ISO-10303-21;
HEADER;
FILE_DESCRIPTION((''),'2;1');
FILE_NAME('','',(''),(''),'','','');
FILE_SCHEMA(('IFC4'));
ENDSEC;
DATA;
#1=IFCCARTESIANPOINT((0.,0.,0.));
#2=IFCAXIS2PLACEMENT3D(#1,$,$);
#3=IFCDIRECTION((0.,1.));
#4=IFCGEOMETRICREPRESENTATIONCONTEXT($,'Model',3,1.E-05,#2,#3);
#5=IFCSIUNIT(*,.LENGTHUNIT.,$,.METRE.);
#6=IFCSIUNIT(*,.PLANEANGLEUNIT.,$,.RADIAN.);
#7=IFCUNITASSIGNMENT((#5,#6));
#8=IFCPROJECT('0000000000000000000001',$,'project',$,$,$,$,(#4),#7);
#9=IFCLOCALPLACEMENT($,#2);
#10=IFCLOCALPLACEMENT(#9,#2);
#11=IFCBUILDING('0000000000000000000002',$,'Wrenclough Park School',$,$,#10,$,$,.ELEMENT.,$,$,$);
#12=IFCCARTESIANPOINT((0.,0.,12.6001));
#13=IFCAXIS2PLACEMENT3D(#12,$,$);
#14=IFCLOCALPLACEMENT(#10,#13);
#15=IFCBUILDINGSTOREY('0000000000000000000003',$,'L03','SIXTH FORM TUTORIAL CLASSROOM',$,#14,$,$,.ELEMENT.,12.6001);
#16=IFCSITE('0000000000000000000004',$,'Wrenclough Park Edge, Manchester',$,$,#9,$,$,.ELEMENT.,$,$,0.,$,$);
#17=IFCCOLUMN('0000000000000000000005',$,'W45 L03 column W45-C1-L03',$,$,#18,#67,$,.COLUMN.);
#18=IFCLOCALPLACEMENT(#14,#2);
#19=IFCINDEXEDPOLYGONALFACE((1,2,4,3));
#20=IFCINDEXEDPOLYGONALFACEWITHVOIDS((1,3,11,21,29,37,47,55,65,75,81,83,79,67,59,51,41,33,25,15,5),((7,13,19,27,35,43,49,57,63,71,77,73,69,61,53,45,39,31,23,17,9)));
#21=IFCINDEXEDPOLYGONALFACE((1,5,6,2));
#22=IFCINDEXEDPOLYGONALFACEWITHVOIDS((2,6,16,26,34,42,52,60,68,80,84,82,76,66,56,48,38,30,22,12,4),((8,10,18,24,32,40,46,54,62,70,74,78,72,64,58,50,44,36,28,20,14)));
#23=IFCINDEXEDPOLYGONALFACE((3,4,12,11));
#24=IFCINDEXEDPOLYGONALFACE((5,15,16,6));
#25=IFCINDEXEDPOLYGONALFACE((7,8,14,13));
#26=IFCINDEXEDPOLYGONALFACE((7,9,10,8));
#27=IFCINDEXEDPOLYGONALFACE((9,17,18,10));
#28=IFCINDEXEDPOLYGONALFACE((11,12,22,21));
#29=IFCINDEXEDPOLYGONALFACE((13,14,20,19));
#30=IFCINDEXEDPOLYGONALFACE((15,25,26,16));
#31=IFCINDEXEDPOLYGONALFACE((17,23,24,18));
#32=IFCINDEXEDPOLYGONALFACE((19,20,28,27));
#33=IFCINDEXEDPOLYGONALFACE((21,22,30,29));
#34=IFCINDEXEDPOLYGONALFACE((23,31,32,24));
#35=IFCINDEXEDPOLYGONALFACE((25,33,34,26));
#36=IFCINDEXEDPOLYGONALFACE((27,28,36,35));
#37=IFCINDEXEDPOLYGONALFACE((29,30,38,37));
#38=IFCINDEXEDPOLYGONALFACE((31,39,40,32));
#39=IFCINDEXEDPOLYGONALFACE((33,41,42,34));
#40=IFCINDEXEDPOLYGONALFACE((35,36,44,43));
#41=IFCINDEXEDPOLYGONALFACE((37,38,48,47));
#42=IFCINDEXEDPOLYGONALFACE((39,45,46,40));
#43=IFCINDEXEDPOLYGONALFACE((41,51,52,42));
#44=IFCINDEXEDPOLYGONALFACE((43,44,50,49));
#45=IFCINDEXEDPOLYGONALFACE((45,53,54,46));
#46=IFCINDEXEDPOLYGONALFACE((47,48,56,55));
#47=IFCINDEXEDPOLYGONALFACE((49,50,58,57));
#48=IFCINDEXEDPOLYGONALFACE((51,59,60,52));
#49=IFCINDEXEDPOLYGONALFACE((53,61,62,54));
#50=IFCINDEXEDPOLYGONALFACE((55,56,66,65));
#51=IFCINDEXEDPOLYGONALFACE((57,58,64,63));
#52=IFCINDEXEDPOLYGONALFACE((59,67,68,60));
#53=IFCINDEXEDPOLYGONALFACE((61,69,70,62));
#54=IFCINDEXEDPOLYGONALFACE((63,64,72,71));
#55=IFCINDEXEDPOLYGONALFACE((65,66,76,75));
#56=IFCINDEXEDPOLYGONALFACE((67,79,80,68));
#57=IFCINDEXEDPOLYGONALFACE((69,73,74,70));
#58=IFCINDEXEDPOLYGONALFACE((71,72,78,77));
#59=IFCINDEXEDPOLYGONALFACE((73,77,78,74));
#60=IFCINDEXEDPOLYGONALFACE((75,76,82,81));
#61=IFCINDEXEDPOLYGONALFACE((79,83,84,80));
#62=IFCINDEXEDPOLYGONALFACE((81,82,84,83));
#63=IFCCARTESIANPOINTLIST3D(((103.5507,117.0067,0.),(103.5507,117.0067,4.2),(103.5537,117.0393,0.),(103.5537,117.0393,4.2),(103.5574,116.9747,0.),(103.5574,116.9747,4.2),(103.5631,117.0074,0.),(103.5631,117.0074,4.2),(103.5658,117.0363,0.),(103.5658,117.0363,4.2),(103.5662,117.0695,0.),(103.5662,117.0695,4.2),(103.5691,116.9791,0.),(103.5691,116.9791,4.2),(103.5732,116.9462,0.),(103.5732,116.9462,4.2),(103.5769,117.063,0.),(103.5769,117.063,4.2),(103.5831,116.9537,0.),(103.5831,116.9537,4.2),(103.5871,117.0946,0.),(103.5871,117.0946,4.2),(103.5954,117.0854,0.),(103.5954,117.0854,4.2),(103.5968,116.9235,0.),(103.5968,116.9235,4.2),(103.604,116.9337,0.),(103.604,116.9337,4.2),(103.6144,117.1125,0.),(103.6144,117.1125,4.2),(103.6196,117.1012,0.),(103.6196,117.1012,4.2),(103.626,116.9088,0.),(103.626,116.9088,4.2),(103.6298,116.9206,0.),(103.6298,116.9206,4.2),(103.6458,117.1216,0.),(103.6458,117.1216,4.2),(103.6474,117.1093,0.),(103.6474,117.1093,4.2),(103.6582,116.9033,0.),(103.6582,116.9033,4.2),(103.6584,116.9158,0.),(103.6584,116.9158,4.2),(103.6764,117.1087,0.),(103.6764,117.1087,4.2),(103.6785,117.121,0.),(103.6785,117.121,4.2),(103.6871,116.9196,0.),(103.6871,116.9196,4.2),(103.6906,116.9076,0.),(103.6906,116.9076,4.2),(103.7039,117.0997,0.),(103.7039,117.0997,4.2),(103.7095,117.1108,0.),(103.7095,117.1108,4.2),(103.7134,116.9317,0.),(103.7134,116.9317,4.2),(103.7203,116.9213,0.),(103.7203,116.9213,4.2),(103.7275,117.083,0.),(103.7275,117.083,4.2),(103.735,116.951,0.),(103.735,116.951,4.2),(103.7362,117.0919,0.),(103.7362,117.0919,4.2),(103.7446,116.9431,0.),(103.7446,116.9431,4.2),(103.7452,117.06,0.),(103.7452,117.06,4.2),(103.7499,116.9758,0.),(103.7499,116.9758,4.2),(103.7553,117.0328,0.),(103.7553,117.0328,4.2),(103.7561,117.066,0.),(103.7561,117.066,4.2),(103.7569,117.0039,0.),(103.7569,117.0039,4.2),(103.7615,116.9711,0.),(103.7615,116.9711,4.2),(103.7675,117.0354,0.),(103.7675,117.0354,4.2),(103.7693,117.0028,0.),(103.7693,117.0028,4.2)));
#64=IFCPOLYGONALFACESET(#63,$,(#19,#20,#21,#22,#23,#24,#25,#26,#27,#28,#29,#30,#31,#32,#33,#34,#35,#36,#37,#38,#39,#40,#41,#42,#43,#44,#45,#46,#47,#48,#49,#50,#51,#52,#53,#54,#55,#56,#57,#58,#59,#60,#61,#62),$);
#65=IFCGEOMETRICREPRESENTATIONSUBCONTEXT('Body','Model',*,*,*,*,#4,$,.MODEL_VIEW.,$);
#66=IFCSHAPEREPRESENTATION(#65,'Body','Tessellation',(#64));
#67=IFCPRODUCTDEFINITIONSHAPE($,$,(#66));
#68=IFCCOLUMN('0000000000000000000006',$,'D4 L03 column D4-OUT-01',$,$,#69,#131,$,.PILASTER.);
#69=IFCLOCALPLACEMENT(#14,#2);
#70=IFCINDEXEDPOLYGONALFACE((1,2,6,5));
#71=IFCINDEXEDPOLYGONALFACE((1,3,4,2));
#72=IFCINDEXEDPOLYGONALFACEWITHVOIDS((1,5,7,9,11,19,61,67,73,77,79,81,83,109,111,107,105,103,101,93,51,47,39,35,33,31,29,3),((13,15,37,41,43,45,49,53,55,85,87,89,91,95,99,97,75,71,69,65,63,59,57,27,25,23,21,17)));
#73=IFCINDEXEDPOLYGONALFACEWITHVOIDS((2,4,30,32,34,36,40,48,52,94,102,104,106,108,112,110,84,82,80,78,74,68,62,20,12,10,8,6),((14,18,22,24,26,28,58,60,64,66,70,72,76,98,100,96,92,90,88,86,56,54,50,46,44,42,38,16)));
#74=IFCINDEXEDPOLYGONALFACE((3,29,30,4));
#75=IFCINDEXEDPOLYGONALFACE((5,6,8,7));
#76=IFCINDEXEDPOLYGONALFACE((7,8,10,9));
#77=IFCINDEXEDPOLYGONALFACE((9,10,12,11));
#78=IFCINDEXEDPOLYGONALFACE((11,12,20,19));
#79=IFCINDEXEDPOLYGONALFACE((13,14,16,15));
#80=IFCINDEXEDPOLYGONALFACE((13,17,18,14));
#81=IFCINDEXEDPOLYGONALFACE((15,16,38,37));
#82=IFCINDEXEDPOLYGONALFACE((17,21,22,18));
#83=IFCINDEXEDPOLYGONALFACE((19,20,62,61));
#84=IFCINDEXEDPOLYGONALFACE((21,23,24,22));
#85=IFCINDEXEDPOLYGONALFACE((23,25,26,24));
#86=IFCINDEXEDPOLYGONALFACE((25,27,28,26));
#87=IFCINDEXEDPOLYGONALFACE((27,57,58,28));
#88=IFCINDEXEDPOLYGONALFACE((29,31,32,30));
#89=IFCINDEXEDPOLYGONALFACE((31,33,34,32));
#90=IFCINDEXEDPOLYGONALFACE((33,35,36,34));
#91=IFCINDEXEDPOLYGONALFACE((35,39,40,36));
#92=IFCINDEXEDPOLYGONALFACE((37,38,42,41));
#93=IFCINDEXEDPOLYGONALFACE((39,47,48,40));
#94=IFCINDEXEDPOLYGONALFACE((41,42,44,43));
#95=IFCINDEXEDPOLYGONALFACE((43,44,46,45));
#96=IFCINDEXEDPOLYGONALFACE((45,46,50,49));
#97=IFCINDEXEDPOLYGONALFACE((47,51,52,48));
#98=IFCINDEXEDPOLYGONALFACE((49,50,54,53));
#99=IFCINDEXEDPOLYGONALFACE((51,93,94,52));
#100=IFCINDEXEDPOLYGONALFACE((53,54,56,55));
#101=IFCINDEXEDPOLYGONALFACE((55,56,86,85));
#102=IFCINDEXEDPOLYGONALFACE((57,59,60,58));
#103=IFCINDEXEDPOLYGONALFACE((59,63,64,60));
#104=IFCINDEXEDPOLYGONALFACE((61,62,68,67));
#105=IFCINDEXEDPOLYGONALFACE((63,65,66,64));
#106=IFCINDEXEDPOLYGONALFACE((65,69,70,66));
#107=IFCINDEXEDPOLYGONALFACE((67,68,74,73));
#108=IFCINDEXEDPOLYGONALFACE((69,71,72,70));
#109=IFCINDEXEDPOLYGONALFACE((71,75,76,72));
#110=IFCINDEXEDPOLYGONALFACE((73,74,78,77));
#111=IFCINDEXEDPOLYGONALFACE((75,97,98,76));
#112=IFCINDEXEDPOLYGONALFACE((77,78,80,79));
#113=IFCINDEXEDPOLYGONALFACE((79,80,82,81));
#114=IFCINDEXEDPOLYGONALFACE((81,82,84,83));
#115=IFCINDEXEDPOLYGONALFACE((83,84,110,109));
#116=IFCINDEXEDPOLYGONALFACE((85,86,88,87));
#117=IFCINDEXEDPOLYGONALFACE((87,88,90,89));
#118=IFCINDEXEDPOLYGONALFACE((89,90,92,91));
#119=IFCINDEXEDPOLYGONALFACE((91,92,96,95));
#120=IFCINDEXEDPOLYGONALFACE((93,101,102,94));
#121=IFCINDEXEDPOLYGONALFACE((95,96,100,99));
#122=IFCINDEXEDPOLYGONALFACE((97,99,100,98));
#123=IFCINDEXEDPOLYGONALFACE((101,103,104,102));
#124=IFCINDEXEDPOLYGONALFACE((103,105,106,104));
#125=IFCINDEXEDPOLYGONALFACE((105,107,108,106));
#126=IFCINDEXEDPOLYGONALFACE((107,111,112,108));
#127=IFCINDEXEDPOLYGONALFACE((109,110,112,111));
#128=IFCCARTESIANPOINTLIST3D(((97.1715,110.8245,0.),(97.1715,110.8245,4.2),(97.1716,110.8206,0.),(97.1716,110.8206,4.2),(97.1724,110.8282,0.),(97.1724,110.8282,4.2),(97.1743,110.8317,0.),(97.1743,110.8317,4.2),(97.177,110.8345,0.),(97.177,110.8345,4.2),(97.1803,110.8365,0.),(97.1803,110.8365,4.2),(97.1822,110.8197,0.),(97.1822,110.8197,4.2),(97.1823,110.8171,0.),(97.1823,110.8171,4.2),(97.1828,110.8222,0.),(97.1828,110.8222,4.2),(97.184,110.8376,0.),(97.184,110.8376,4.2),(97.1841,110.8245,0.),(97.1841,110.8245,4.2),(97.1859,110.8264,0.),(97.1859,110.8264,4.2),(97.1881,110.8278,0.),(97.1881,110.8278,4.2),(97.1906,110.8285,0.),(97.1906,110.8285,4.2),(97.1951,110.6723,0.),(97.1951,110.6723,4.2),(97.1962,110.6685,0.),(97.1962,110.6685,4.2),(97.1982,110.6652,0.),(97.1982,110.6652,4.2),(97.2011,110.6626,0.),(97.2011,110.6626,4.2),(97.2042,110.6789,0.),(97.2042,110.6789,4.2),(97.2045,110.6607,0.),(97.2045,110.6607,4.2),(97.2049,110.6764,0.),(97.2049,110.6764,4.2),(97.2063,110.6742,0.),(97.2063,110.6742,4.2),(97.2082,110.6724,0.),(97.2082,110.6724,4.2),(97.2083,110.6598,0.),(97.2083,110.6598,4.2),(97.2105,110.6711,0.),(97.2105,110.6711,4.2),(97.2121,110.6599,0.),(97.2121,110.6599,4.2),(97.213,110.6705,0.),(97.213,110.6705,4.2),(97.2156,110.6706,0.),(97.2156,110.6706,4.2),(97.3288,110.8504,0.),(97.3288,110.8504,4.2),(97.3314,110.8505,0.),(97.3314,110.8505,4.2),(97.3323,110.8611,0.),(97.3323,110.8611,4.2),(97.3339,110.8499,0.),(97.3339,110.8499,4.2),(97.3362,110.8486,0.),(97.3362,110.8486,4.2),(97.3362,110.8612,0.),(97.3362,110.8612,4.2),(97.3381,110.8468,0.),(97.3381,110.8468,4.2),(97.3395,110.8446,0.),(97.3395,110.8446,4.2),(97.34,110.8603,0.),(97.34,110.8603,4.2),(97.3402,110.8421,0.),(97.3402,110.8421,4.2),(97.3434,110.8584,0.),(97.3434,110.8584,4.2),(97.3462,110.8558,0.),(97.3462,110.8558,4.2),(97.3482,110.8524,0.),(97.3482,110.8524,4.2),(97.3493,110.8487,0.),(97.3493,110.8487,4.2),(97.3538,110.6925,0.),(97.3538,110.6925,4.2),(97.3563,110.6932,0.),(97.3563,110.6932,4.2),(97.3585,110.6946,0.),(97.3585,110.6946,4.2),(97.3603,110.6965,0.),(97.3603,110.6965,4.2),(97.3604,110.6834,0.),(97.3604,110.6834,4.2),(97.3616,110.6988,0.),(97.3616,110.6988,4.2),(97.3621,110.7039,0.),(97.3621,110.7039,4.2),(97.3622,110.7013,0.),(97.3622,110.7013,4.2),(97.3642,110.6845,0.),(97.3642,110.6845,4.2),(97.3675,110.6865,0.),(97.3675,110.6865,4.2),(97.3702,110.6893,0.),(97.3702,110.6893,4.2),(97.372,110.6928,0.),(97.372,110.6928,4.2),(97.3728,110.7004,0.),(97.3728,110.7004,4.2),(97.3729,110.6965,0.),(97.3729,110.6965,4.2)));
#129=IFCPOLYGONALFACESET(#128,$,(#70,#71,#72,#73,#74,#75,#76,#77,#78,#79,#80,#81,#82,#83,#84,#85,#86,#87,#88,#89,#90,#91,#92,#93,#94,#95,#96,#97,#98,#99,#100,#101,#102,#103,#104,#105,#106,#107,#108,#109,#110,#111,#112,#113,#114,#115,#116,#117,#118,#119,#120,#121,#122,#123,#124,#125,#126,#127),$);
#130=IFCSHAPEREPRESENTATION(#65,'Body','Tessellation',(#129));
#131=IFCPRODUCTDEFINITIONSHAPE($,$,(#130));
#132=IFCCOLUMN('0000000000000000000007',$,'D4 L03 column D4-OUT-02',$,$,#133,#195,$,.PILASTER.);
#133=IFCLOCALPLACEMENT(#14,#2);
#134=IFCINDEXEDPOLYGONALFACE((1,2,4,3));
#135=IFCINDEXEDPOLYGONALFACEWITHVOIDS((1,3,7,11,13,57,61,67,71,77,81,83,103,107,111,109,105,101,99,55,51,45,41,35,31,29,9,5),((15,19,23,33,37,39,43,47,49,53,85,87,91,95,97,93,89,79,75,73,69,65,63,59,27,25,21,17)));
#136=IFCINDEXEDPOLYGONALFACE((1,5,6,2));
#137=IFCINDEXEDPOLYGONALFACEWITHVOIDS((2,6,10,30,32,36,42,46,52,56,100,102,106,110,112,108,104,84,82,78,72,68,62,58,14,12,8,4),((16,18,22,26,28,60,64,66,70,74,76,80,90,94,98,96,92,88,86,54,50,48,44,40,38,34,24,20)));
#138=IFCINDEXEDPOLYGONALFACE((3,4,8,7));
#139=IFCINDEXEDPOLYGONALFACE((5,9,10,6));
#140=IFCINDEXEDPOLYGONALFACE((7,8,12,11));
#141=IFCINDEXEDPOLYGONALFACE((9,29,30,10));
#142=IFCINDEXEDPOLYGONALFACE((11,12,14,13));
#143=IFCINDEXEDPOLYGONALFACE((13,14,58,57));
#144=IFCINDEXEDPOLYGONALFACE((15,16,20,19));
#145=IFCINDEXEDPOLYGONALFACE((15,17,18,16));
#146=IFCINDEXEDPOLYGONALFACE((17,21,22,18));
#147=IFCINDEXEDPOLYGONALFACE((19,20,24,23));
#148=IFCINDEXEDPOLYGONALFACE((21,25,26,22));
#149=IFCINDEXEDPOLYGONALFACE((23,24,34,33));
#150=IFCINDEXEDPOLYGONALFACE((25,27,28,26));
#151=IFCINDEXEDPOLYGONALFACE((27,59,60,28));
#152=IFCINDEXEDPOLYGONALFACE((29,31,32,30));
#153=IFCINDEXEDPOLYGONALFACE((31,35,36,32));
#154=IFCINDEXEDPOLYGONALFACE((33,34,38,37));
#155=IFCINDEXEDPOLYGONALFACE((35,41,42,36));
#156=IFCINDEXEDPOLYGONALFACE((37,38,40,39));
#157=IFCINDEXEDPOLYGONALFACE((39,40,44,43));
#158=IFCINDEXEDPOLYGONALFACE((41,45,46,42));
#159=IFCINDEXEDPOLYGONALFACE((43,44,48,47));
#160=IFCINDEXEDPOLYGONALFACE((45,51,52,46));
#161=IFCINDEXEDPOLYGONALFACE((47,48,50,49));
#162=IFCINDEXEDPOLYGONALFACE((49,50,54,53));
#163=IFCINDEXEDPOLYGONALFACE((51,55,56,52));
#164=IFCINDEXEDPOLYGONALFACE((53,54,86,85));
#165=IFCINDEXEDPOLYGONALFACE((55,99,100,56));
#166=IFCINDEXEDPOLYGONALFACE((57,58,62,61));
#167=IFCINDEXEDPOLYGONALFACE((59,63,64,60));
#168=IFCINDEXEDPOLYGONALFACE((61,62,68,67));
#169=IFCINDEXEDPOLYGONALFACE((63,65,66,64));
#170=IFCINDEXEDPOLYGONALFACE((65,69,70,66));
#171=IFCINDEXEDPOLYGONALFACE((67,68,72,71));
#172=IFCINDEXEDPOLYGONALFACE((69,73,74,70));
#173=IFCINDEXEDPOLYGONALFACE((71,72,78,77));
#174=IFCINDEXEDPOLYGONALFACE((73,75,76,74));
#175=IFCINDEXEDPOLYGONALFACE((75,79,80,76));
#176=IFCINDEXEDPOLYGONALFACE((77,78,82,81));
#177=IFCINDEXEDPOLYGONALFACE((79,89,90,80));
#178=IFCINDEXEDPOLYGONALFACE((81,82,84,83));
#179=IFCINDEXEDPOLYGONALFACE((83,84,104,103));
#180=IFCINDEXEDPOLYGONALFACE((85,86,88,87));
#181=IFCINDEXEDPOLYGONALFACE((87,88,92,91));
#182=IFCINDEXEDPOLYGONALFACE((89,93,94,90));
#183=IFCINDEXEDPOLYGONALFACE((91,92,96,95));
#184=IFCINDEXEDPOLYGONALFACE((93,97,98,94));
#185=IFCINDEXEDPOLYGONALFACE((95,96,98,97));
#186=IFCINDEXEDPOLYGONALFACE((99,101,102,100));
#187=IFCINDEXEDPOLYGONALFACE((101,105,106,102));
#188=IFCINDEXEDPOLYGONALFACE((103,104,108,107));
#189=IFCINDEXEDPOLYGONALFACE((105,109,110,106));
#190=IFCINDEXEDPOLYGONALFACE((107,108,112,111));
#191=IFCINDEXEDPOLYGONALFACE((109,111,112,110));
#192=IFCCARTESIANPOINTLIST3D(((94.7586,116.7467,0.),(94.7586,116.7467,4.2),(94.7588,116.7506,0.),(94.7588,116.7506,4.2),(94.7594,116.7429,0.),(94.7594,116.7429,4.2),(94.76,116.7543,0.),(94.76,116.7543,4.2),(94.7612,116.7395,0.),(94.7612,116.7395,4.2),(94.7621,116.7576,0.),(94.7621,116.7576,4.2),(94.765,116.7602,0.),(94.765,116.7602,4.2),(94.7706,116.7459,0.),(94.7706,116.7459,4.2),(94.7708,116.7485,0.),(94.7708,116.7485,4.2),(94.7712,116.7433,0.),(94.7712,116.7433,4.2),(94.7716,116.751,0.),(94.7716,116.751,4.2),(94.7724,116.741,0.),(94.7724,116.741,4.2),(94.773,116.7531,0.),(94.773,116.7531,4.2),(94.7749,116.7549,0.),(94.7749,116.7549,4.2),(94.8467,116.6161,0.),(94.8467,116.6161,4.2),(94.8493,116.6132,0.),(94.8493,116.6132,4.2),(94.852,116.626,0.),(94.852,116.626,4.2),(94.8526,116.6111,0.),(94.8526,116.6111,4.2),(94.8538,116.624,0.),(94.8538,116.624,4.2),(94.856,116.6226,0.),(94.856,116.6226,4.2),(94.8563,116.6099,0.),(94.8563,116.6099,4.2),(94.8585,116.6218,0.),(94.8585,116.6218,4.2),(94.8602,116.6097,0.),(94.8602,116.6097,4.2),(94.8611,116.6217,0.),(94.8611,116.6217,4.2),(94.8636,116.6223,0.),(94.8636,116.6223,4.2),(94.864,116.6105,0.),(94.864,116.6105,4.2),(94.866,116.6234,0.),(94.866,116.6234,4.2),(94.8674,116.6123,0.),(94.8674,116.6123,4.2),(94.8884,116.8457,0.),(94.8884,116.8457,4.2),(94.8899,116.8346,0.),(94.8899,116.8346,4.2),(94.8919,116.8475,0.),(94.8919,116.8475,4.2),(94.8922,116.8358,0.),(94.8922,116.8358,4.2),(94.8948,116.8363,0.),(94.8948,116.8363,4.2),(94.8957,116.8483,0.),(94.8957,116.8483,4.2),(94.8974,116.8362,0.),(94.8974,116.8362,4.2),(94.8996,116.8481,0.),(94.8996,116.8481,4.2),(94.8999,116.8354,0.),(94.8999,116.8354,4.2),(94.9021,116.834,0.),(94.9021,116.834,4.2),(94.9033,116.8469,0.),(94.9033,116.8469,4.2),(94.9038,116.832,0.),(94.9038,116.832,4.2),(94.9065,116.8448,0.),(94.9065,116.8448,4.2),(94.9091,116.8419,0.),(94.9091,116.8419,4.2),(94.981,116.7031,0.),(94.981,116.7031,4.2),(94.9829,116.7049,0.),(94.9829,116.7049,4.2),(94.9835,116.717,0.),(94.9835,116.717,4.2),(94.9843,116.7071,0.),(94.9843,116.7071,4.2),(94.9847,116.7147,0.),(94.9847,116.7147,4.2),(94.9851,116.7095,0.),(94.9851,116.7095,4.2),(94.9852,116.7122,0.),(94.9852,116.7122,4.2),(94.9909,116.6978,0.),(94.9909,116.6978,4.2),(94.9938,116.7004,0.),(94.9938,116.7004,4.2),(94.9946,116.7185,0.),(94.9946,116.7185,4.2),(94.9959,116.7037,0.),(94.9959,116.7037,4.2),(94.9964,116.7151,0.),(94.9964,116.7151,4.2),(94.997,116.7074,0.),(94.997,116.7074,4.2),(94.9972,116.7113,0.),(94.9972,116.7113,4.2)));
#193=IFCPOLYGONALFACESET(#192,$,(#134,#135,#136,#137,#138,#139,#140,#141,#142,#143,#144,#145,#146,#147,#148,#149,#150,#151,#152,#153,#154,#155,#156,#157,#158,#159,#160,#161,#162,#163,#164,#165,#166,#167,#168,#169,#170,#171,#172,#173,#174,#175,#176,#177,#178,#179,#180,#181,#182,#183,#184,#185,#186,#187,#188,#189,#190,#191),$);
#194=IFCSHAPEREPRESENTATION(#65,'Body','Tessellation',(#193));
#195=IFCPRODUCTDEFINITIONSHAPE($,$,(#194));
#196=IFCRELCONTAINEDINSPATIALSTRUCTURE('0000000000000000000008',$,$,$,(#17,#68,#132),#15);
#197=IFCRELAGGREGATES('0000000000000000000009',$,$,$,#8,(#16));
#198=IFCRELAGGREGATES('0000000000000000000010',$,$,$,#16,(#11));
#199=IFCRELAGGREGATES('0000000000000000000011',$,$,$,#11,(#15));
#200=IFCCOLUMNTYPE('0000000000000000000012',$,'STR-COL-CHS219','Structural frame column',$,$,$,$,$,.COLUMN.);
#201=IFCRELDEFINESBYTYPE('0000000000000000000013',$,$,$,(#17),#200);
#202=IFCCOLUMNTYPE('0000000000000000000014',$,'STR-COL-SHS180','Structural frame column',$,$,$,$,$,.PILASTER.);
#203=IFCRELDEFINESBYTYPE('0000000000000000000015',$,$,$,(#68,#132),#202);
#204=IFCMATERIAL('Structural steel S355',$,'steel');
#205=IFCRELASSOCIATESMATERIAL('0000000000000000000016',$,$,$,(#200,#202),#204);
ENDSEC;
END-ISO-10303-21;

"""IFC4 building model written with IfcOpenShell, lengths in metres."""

from ifc_helpers import new_model, si_unit, direction, frame, origin, origin_2d, place, context, subcontext, project, spatial, hollow_rectangle, hollow_circle, extrude, material, material_profile, profile_set, type_object, element, save


model = new_model("IFC4")

# Units and contexts
model_context = context("Model", 3, precision=1e-05, world=origin(), true_north=direction((0.0, 1.0)))
body_context = subcontext(model_context, "Body", "Model", "MODEL_VIEW")
ifc_project = project(units=[si_unit("LENGTHUNIT", "METRE"), si_unit("PLANEANGLEUNIT", "RADIAN")], contexts=[model_context])

# Site, building, storey
site_placement = place(None, origin())
site = spatial("IfcSite", under=ifc_project, at=site_placement, Name="Wrenclough Park Edge, Manchester", CompositionType="ELEMENT", RefElevation=0.0)
building_placement = place(site_placement, origin())
building = spatial("IfcBuilding", under=site, at=building_placement, Name="Wrenclough Park School", CompositionType="ELEMENT")
storey_placement = place(building_placement, frame((0.0, 0.0, 12.6001)))
storey = spatial("IfcBuildingStorey", under=building, at=storey_placement, Name="L03", Description="SIXTH FORM TUTORIAL CLASSROOM", CompositionType="ELEMENT", Elevation=12.6001)

# Columns
ifc_material_1 = material(Name="Structural steel S355", Category="steel")
ifc_material_profile_1 = material_profile(ifc_material_1, hollow_circle(Radius=0.1096, WallThickness=0.0125, at=origin_2d()), Name="CHS 219.1x12.5")
ifc_profile_set_1 = profile_set([ifc_material_profile_1], Name="Structural steel S355")
column_type_1 = type_object("IfcColumnType", Name="STR-COL-CHS219", Description="Structural frame column", PredefinedType="COLUMN", material=ifc_profile_set_1)
column_placement = place(storey_placement, frame((103.6602, 117.0129, 0.0), z_axis=(0.0, 0.0, 1.0), x_axis=(0.978796, 0.204838, 0.0)))
element("IfcColumn", 1, at=column_placement, inside=storey, type_object=column_type_1, Name="W45 L03 column W45-C1-L03", PredefinedType="COLUMN", context=body_context, shape_type="SweptSolid", body=[
    extrude(hollow_circle(Radius=0.1096, WallThickness=0.0125, at=origin_2d()), origin(), (0.0, 0.0, 1.0), 4.2),
])
ifc_material_profile_2 = material_profile(ifc_material_1, hollow_rectangle(XDim=0.1799, YDim=0.1799, WallThickness=0.01, InnerFilletRadius=0.01, OuterFilletRadius=0.0149, at=origin_2d()), Name="SHS 180x180x10.0")
ifc_profile_set_2 = profile_set([ifc_material_profile_2], Name="Structural steel S355")
column_type_2 = type_object("IfcColumnType", Name="STR-COL-SHS180", Description="Structural frame column", PredefinedType="PILASTER", material=ifc_profile_set_2)
for number, where, z_axis, x_axis, name in (
    (2, (97.2722, 110.7605, 0.0), (0.0, 0.0, 1.0), (-0.156434, 0.987688, 0.0), "D4 L03 column D4-OUT-01"),
    (3, (94.8779, 116.729, 0.0), (0.0, 0.0, 1.0), (-0.569423, 0.822045, 0.0), "D4 L03 column D4-OUT-02"),
):
    element("IfcColumn", number, at=place(storey_placement, frame(where, z_axis=z_axis, x_axis=x_axis)), inside=storey, type_object=column_type_2, Name=name, PredefinedType="PILASTER", context=body_context, shape_type="SweptSolid", body=[
        extrude(hollow_rectangle(XDim=0.1799, YDim=0.1799, WallThickness=0.01, InnerFilletRadius=0.01, OuterFilletRadius=0.0149, at=origin_2d()), origin(), (0.0, 0.0, 1.0), 4.2),
    ])

save(model, "model.ifc")
